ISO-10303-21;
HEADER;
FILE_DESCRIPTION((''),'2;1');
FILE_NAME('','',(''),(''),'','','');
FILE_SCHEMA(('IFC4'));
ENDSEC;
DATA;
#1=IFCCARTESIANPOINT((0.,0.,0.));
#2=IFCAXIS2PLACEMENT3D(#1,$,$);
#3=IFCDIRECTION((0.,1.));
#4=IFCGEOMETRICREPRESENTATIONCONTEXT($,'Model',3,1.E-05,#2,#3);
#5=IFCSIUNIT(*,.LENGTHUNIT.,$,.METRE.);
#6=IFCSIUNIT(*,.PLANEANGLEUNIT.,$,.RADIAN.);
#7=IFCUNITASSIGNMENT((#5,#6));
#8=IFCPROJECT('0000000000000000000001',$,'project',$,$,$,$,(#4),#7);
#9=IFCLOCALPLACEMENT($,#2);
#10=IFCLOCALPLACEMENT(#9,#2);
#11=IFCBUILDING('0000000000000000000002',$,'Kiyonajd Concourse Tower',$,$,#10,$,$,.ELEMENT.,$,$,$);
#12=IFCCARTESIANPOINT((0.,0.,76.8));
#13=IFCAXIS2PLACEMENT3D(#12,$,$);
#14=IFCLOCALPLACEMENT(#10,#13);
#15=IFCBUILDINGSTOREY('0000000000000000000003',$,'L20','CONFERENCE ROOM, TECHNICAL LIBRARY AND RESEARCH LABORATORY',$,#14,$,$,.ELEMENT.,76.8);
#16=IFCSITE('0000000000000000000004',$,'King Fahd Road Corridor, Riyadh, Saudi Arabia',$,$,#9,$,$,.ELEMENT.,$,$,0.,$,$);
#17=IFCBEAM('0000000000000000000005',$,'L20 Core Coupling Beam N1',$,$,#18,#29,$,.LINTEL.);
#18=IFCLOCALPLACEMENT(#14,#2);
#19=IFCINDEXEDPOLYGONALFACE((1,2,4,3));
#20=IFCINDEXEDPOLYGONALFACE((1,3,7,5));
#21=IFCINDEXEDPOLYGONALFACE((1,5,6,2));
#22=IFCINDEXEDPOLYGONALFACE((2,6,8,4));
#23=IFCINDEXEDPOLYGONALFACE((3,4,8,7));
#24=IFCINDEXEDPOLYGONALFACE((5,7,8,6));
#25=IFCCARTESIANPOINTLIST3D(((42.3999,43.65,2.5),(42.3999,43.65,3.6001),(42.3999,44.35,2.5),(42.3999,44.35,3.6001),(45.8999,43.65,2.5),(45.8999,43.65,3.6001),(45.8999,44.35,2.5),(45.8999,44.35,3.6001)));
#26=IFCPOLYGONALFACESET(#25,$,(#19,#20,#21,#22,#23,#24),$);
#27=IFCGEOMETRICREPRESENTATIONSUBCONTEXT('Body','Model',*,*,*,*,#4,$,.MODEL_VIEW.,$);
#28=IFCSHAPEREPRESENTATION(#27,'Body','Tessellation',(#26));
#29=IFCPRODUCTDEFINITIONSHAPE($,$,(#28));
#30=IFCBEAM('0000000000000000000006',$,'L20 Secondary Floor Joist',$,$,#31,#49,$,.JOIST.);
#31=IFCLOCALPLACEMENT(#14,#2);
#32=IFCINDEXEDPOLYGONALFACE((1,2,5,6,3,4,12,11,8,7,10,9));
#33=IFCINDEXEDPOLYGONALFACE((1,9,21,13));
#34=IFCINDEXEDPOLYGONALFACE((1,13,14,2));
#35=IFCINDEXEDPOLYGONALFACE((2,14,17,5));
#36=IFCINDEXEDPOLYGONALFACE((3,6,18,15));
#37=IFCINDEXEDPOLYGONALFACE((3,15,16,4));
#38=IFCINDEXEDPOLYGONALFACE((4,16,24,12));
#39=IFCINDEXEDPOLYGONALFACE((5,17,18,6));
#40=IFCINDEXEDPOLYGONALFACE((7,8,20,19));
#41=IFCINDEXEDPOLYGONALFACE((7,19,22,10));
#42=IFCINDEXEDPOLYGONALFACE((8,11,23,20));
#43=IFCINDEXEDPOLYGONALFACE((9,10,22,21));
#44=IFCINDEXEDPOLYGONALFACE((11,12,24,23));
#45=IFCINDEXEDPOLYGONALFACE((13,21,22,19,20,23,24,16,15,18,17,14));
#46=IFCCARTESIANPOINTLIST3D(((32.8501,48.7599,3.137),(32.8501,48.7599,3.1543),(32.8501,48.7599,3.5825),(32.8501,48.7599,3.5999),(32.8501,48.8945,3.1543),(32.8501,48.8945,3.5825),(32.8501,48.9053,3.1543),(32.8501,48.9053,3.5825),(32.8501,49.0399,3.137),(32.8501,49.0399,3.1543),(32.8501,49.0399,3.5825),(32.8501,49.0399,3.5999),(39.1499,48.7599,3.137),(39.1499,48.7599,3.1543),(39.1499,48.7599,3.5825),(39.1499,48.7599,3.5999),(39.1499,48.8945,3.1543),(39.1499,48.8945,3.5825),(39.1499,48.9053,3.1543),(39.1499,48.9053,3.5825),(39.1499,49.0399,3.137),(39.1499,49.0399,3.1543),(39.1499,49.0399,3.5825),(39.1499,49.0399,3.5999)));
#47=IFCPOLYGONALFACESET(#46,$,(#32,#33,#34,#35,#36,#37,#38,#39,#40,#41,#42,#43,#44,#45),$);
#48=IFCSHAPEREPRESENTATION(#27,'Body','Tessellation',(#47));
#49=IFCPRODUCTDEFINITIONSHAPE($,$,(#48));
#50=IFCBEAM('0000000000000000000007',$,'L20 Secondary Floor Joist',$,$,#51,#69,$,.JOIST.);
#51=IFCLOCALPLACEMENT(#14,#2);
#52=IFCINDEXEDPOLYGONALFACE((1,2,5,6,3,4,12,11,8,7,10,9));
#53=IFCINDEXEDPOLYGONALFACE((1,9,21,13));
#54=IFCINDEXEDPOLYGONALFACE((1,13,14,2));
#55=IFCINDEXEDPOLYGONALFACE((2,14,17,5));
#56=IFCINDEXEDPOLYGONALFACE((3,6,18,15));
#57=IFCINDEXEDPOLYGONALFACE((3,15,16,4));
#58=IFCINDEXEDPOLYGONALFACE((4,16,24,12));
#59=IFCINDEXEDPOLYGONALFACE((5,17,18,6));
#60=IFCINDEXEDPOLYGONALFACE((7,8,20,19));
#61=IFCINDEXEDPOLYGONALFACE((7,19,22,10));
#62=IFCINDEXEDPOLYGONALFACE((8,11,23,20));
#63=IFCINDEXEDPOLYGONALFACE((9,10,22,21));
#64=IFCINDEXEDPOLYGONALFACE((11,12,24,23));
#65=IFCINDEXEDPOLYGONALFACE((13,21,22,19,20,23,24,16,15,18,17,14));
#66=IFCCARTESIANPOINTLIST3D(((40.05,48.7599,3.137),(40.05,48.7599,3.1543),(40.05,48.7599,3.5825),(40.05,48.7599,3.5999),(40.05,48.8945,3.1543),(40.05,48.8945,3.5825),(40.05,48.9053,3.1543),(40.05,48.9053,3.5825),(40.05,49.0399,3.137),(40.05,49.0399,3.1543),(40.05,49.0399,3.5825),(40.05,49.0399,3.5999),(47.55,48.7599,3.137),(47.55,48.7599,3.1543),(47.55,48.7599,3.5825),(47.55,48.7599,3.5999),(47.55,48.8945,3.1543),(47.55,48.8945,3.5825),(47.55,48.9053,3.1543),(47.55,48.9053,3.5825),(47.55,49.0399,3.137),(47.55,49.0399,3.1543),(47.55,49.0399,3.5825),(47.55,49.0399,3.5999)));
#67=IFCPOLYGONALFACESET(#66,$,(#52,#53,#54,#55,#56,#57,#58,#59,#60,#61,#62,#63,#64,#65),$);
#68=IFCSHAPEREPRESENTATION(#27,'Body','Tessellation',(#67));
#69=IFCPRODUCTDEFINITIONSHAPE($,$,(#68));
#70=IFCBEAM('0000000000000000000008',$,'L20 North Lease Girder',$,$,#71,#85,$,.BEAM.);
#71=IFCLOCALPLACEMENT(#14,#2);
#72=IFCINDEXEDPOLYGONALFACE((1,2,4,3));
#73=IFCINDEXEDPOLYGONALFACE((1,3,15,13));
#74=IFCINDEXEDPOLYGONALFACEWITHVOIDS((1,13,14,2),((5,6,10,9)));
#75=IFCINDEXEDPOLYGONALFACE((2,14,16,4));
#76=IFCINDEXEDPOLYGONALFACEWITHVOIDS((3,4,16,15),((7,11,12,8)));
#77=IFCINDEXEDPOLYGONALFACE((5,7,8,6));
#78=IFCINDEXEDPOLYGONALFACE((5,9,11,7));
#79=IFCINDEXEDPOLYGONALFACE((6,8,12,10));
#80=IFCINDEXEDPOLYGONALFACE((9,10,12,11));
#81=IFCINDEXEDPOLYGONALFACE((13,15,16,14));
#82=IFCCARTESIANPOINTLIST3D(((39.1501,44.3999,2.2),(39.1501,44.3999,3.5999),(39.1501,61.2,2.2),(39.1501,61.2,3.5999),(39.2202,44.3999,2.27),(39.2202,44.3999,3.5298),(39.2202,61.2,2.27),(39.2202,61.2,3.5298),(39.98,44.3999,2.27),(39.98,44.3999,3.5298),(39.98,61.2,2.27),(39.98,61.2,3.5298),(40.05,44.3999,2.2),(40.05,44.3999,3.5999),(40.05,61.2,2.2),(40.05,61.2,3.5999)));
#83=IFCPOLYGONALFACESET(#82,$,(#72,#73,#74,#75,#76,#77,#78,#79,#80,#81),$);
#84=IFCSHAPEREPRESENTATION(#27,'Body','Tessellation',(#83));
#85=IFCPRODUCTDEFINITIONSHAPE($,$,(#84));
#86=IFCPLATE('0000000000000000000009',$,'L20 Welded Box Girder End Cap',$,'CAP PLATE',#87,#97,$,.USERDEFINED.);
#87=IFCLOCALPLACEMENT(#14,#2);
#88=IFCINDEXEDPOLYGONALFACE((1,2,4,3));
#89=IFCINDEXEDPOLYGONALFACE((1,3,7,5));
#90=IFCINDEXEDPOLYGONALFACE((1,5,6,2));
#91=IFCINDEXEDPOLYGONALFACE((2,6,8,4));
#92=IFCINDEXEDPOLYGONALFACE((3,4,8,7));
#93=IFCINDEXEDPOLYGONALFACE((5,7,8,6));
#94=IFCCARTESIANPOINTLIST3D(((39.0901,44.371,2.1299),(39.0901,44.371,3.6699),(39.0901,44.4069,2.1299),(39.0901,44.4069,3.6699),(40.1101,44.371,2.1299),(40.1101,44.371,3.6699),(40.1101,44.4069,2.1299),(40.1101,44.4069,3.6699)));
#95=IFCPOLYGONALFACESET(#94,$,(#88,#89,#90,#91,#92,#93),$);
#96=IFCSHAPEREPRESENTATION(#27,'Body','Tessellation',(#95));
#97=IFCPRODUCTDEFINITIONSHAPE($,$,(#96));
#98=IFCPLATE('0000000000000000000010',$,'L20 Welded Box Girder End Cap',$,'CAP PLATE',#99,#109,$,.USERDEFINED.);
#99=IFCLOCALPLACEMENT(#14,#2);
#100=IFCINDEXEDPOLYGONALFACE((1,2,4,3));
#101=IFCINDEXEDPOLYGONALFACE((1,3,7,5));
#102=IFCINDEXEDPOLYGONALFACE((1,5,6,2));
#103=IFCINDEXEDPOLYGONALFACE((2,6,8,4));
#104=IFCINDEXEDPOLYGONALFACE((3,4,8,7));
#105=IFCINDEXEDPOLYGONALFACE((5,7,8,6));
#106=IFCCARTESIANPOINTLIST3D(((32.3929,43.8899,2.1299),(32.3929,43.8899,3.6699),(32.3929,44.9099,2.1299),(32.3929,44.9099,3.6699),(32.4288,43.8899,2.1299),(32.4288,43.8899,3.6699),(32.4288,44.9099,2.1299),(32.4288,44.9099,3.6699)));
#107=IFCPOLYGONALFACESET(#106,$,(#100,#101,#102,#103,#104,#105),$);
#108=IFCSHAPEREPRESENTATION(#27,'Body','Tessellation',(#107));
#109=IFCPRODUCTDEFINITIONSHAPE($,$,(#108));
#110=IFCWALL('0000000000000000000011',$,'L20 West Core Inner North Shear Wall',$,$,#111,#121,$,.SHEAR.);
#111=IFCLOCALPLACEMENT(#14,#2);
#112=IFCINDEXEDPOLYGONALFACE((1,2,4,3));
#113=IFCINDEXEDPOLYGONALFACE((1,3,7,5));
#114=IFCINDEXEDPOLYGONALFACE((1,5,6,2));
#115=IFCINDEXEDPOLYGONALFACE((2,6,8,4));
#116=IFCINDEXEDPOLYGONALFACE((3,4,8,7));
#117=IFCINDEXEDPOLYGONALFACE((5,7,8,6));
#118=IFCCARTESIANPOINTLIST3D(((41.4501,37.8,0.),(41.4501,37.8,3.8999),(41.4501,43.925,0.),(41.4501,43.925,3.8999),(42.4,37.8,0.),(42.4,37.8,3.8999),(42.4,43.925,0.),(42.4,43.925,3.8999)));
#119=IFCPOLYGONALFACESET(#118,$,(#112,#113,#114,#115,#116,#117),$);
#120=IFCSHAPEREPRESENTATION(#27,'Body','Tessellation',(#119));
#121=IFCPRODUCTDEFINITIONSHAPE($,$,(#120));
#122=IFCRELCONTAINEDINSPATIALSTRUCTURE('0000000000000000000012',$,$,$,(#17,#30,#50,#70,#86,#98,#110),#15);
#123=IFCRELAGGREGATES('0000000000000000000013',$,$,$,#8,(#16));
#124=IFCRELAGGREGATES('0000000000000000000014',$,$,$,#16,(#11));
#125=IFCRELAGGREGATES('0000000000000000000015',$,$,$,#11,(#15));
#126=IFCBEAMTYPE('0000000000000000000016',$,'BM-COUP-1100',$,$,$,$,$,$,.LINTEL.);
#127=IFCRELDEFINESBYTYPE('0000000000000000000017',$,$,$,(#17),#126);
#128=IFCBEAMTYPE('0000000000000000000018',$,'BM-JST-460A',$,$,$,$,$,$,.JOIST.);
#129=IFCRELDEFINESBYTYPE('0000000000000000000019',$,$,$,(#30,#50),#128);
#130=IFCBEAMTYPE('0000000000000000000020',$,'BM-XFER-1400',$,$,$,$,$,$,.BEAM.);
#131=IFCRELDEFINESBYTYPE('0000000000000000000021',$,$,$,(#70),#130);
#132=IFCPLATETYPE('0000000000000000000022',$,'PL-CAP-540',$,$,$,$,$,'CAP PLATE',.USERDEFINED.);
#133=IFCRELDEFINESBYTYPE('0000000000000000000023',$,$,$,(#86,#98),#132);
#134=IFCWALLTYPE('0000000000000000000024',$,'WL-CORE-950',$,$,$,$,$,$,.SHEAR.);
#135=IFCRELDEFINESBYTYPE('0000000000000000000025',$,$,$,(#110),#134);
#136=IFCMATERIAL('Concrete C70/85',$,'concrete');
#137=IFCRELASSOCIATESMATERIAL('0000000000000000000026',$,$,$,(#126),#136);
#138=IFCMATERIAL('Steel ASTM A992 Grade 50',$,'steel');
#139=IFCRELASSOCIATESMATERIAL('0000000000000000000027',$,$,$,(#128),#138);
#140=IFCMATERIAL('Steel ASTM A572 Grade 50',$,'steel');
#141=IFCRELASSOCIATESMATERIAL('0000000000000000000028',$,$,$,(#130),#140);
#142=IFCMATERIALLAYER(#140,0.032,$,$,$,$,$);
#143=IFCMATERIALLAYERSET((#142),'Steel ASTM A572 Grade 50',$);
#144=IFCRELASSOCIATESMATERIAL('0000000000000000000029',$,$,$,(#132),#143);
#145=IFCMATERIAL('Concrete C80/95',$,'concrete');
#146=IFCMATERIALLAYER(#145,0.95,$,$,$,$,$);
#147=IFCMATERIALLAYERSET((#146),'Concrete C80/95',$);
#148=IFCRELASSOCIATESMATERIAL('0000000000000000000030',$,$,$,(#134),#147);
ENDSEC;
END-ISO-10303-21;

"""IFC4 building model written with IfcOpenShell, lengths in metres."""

from ifc_helpers import new_model, si_unit, direction, frame, frame_2d, origin, origin_2d, place, context, subcontext, project, spatial, rectangle, hollow_rectangle, i_section, extrude, material, layer, layer_set, material_profile, profile_set, type_object, element, save


model = new_model("IFC4")

# Units and contexts
model_context = context("Model", 3, precision=1e-05, world=origin(), true_north=direction((0.0, 1.0)))
body_context = subcontext(model_context, "Body", "Model", "MODEL_VIEW")
ifc_project = project(units=[si_unit("LENGTHUNIT", "METRE"), si_unit("PLANEANGLEUNIT", "RADIAN")], contexts=[model_context])

# Site, building, storey
site_placement = place(None, origin())
site = spatial("IfcSite", under=ifc_project, at=site_placement, Name="King Fahd Road Corridor, Riyadh, Saudi Arabia", CompositionType="ELEMENT", RefElevation=0.0)
building_placement = place(site_placement, origin())
building = spatial("IfcBuilding", under=site, at=building_placement, Name="Kiyonajd Concourse Tower", CompositionType="ELEMENT")
storey_placement = place(building_placement, frame((0.0, 0.0, 76.8)))
storey = spatial("IfcBuildingStorey", under=building, at=storey_placement, Name="L20", Description="CONFERENCE ROOM, TECHNICAL LIBRARY AND RESEARCH LABORATORY", CompositionType="ELEMENT", Elevation=76.8)

# Beams
ifc_material_1 = material(Name="Concrete C70/85", Category="concrete")
ifc_material_profile_1 = material_profile(ifc_material_1, rectangle(XDim=0.7, YDim=1.1001, at=origin_2d()), Name="RCBM-700x1100")
ifc_profile_set_1 = profile_set([ifc_material_profile_1], Name="Concrete C70/85")
beam_type_1 = type_object("IfcBeamType", Name="BM-COUP-1100", PredefinedType="LINTEL", material=ifc_profile_set_1)
beam_1_placement = place(storey_placement, frame((42.3999, 44.0, 3.05), z_axis=(1.0, 0.0, 0.0), x_axis=(0.0, 1.0, 0.0)))
element("IfcBeam", 1, at=beam_1_placement, inside=storey, type_object=beam_type_1, Name="L20 Core Coupling Beam N1", PredefinedType="LINTEL", context=body_context, shape_type="SweptSolid", body=[
    extrude(rectangle(XDim=0.7, YDim=1.1001, at=origin_2d()), origin(), (0.0, 0.0, 1.0), 3.5),
])
ifc_material_2 = material(Name="Steel ASTM A992 Grade 50", Category="steel")
ifc_material_profile_2 = material_profile(ifc_material_2, i_section(OverallWidth=0.28, OverallDepth=0.4629, WebThickness=0.0107, FlangeThickness=0.0173, at=origin_2d()), Name="W460X113")
ifc_profile_set_2 = profile_set([ifc_material_profile_2], Name="Steel ASTM A992 Grade 50")
beam_type_2 = type_object("IfcBeamType", Name="BM-JST-460A", PredefinedType="JOIST", material=ifc_profile_set_2)
beam_2_placement = place(storey_placement, frame((32.8501, 48.8999, 3.3684), z_axis=(1.0, 0.0, 0.0), x_axis=(0.0, 1.0, 0.0)))
element("IfcBeam", 2, at=beam_2_placement, inside=storey, type_object=beam_type_2, Name="L20 Secondary Floor Joist", PredefinedType="JOIST", context=body_context, shape_type="SweptSolid", body=[
    extrude(i_section(OverallWidth=0.28, OverallDepth=0.4629, WebThickness=0.0107, FlangeThickness=0.0173, at=origin_2d()), origin(), (0.0, 0.0, 1.0), 6.2998),
])
beam_3_placement = place(storey_placement, frame((40.05, 48.8999, 3.3684), z_axis=(1.0, 0.0, 0.0), x_axis=(0.0, 1.0, 0.0)))
element("IfcBeam", 3, at=beam_3_placement, inside=storey, type_object=beam_type_2, Name="L20 Secondary Floor Joist", PredefinedType="JOIST", context=body_context, shape_type="SweptSolid", body=[
    extrude(i_section(OverallWidth=0.28, OverallDepth=0.4629, WebThickness=0.0107, FlangeThickness=0.0173, at=origin_2d()), origin(), (0.0, 0.0, 1.0), 7.5),
])
ifc_material_3 = material(Name="Steel ASTM A572 Grade 50", Category="steel")
ifc_material_profile_3 = material_profile(ifc_material_3, hollow_rectangle(XDim=0.8999, YDim=1.3999, WallThickness=0.0701, at=origin_2d()), Name="BOX-1400x900x70")
ifc_profile_set_3 = profile_set([ifc_material_profile_3], Name="Steel ASTM A572 Grade 50")
beam_type_3 = type_object("IfcBeamType", Name="BM-XFER-1400", PredefinedType="BEAM", material=ifc_profile_set_3)
beam_4_placement = place(storey_placement, frame((39.6001, 44.3999, 2.8999), z_axis=(0.0, 1.0, 0.0), x_axis=(-1.0, 0.0, 0.0)))
element("IfcBeam", 4, at=beam_4_placement, inside=storey, type_object=beam_type_3, Name="L20 North Lease Girder", PredefinedType="BEAM", context=body_context, shape_type="SweptSolid", body=[
    extrude(hollow_rectangle(XDim=0.8999, YDim=1.3999, WallThickness=0.0701, at=origin_2d()), origin(), (0.0, 0.0, 1.0), 16.8),
])

# Plates
ifc_layer_1 = layer(ifc_material_3, 0.032)
ifc_layer_set_1 = layer_set([ifc_layer_1], Name="Steel ASTM A572 Grade 50")
plate_type = type_object("IfcPlateType", Name="PL-CAP-540", ElementType="CAP PLATE", PredefinedType="USERDEFINED", material=ifc_layer_set_1)
for number, where, z_axis, x_axis, name in (
    (5, (39.6001, 44.3889, 2.1299), (0.0, 0.0, 1.0), (0.0, -1.0, 0.0), "L20 Welded Box Girder End Cap"),
    (6, (32.4109, 44.3999, 2.1299), (0.0, 0.0, 1.0), (1.0, 0.0, 0.0), "L20 Welded Box Girder End Cap"),
):
    element("IfcPlate", number, at=place(storey_placement, frame(where, z_axis=z_axis, x_axis=x_axis)), inside=storey, type_object=plate_type, Name=name, ObjectType="CAP PLATE", PredefinedType="USERDEFINED", context=body_context, shape_type="SweptSolid", body=[
        extrude(rectangle(XDim=0.0359, YDim=1.02, at=origin_2d()), origin(), (0.0, 0.0, 1.0), 1.54),
    ])

# Wall
ifc_material_4 = material(Name="Concrete C80/95", Category="concrete")
ifc_layer_2 = layer(ifc_material_4, 0.95)
ifc_layer_set_2 = layer_set([ifc_layer_2], Name="Concrete C80/95")
wall_type_1 = type_object("IfcWallType", Name="WL-CORE-950", PredefinedType="SHEAR", material=ifc_layer_set_2)
wall_1_placement = place(storey_placement, frame((41.925, 37.8, 0.0), z_axis=(0.0, 0.0, 1.0), x_axis=(0.0, 1.0, 0.0)))
element("IfcWall", 7, at=wall_1_placement, inside=storey, type_object=wall_type_1, Name="L20 West Core Inner North Shear Wall", PredefinedType="SHEAR", context=body_context, shape_type="SweptSolid", body=[
    extrude(rectangle(XDim=6.125, YDim=0.95, at=frame_2d((3.0625, 0.0))), origin(), (0.0, 0.0, 1.0), 3.8999),
])

save(model, "model.ifc")
